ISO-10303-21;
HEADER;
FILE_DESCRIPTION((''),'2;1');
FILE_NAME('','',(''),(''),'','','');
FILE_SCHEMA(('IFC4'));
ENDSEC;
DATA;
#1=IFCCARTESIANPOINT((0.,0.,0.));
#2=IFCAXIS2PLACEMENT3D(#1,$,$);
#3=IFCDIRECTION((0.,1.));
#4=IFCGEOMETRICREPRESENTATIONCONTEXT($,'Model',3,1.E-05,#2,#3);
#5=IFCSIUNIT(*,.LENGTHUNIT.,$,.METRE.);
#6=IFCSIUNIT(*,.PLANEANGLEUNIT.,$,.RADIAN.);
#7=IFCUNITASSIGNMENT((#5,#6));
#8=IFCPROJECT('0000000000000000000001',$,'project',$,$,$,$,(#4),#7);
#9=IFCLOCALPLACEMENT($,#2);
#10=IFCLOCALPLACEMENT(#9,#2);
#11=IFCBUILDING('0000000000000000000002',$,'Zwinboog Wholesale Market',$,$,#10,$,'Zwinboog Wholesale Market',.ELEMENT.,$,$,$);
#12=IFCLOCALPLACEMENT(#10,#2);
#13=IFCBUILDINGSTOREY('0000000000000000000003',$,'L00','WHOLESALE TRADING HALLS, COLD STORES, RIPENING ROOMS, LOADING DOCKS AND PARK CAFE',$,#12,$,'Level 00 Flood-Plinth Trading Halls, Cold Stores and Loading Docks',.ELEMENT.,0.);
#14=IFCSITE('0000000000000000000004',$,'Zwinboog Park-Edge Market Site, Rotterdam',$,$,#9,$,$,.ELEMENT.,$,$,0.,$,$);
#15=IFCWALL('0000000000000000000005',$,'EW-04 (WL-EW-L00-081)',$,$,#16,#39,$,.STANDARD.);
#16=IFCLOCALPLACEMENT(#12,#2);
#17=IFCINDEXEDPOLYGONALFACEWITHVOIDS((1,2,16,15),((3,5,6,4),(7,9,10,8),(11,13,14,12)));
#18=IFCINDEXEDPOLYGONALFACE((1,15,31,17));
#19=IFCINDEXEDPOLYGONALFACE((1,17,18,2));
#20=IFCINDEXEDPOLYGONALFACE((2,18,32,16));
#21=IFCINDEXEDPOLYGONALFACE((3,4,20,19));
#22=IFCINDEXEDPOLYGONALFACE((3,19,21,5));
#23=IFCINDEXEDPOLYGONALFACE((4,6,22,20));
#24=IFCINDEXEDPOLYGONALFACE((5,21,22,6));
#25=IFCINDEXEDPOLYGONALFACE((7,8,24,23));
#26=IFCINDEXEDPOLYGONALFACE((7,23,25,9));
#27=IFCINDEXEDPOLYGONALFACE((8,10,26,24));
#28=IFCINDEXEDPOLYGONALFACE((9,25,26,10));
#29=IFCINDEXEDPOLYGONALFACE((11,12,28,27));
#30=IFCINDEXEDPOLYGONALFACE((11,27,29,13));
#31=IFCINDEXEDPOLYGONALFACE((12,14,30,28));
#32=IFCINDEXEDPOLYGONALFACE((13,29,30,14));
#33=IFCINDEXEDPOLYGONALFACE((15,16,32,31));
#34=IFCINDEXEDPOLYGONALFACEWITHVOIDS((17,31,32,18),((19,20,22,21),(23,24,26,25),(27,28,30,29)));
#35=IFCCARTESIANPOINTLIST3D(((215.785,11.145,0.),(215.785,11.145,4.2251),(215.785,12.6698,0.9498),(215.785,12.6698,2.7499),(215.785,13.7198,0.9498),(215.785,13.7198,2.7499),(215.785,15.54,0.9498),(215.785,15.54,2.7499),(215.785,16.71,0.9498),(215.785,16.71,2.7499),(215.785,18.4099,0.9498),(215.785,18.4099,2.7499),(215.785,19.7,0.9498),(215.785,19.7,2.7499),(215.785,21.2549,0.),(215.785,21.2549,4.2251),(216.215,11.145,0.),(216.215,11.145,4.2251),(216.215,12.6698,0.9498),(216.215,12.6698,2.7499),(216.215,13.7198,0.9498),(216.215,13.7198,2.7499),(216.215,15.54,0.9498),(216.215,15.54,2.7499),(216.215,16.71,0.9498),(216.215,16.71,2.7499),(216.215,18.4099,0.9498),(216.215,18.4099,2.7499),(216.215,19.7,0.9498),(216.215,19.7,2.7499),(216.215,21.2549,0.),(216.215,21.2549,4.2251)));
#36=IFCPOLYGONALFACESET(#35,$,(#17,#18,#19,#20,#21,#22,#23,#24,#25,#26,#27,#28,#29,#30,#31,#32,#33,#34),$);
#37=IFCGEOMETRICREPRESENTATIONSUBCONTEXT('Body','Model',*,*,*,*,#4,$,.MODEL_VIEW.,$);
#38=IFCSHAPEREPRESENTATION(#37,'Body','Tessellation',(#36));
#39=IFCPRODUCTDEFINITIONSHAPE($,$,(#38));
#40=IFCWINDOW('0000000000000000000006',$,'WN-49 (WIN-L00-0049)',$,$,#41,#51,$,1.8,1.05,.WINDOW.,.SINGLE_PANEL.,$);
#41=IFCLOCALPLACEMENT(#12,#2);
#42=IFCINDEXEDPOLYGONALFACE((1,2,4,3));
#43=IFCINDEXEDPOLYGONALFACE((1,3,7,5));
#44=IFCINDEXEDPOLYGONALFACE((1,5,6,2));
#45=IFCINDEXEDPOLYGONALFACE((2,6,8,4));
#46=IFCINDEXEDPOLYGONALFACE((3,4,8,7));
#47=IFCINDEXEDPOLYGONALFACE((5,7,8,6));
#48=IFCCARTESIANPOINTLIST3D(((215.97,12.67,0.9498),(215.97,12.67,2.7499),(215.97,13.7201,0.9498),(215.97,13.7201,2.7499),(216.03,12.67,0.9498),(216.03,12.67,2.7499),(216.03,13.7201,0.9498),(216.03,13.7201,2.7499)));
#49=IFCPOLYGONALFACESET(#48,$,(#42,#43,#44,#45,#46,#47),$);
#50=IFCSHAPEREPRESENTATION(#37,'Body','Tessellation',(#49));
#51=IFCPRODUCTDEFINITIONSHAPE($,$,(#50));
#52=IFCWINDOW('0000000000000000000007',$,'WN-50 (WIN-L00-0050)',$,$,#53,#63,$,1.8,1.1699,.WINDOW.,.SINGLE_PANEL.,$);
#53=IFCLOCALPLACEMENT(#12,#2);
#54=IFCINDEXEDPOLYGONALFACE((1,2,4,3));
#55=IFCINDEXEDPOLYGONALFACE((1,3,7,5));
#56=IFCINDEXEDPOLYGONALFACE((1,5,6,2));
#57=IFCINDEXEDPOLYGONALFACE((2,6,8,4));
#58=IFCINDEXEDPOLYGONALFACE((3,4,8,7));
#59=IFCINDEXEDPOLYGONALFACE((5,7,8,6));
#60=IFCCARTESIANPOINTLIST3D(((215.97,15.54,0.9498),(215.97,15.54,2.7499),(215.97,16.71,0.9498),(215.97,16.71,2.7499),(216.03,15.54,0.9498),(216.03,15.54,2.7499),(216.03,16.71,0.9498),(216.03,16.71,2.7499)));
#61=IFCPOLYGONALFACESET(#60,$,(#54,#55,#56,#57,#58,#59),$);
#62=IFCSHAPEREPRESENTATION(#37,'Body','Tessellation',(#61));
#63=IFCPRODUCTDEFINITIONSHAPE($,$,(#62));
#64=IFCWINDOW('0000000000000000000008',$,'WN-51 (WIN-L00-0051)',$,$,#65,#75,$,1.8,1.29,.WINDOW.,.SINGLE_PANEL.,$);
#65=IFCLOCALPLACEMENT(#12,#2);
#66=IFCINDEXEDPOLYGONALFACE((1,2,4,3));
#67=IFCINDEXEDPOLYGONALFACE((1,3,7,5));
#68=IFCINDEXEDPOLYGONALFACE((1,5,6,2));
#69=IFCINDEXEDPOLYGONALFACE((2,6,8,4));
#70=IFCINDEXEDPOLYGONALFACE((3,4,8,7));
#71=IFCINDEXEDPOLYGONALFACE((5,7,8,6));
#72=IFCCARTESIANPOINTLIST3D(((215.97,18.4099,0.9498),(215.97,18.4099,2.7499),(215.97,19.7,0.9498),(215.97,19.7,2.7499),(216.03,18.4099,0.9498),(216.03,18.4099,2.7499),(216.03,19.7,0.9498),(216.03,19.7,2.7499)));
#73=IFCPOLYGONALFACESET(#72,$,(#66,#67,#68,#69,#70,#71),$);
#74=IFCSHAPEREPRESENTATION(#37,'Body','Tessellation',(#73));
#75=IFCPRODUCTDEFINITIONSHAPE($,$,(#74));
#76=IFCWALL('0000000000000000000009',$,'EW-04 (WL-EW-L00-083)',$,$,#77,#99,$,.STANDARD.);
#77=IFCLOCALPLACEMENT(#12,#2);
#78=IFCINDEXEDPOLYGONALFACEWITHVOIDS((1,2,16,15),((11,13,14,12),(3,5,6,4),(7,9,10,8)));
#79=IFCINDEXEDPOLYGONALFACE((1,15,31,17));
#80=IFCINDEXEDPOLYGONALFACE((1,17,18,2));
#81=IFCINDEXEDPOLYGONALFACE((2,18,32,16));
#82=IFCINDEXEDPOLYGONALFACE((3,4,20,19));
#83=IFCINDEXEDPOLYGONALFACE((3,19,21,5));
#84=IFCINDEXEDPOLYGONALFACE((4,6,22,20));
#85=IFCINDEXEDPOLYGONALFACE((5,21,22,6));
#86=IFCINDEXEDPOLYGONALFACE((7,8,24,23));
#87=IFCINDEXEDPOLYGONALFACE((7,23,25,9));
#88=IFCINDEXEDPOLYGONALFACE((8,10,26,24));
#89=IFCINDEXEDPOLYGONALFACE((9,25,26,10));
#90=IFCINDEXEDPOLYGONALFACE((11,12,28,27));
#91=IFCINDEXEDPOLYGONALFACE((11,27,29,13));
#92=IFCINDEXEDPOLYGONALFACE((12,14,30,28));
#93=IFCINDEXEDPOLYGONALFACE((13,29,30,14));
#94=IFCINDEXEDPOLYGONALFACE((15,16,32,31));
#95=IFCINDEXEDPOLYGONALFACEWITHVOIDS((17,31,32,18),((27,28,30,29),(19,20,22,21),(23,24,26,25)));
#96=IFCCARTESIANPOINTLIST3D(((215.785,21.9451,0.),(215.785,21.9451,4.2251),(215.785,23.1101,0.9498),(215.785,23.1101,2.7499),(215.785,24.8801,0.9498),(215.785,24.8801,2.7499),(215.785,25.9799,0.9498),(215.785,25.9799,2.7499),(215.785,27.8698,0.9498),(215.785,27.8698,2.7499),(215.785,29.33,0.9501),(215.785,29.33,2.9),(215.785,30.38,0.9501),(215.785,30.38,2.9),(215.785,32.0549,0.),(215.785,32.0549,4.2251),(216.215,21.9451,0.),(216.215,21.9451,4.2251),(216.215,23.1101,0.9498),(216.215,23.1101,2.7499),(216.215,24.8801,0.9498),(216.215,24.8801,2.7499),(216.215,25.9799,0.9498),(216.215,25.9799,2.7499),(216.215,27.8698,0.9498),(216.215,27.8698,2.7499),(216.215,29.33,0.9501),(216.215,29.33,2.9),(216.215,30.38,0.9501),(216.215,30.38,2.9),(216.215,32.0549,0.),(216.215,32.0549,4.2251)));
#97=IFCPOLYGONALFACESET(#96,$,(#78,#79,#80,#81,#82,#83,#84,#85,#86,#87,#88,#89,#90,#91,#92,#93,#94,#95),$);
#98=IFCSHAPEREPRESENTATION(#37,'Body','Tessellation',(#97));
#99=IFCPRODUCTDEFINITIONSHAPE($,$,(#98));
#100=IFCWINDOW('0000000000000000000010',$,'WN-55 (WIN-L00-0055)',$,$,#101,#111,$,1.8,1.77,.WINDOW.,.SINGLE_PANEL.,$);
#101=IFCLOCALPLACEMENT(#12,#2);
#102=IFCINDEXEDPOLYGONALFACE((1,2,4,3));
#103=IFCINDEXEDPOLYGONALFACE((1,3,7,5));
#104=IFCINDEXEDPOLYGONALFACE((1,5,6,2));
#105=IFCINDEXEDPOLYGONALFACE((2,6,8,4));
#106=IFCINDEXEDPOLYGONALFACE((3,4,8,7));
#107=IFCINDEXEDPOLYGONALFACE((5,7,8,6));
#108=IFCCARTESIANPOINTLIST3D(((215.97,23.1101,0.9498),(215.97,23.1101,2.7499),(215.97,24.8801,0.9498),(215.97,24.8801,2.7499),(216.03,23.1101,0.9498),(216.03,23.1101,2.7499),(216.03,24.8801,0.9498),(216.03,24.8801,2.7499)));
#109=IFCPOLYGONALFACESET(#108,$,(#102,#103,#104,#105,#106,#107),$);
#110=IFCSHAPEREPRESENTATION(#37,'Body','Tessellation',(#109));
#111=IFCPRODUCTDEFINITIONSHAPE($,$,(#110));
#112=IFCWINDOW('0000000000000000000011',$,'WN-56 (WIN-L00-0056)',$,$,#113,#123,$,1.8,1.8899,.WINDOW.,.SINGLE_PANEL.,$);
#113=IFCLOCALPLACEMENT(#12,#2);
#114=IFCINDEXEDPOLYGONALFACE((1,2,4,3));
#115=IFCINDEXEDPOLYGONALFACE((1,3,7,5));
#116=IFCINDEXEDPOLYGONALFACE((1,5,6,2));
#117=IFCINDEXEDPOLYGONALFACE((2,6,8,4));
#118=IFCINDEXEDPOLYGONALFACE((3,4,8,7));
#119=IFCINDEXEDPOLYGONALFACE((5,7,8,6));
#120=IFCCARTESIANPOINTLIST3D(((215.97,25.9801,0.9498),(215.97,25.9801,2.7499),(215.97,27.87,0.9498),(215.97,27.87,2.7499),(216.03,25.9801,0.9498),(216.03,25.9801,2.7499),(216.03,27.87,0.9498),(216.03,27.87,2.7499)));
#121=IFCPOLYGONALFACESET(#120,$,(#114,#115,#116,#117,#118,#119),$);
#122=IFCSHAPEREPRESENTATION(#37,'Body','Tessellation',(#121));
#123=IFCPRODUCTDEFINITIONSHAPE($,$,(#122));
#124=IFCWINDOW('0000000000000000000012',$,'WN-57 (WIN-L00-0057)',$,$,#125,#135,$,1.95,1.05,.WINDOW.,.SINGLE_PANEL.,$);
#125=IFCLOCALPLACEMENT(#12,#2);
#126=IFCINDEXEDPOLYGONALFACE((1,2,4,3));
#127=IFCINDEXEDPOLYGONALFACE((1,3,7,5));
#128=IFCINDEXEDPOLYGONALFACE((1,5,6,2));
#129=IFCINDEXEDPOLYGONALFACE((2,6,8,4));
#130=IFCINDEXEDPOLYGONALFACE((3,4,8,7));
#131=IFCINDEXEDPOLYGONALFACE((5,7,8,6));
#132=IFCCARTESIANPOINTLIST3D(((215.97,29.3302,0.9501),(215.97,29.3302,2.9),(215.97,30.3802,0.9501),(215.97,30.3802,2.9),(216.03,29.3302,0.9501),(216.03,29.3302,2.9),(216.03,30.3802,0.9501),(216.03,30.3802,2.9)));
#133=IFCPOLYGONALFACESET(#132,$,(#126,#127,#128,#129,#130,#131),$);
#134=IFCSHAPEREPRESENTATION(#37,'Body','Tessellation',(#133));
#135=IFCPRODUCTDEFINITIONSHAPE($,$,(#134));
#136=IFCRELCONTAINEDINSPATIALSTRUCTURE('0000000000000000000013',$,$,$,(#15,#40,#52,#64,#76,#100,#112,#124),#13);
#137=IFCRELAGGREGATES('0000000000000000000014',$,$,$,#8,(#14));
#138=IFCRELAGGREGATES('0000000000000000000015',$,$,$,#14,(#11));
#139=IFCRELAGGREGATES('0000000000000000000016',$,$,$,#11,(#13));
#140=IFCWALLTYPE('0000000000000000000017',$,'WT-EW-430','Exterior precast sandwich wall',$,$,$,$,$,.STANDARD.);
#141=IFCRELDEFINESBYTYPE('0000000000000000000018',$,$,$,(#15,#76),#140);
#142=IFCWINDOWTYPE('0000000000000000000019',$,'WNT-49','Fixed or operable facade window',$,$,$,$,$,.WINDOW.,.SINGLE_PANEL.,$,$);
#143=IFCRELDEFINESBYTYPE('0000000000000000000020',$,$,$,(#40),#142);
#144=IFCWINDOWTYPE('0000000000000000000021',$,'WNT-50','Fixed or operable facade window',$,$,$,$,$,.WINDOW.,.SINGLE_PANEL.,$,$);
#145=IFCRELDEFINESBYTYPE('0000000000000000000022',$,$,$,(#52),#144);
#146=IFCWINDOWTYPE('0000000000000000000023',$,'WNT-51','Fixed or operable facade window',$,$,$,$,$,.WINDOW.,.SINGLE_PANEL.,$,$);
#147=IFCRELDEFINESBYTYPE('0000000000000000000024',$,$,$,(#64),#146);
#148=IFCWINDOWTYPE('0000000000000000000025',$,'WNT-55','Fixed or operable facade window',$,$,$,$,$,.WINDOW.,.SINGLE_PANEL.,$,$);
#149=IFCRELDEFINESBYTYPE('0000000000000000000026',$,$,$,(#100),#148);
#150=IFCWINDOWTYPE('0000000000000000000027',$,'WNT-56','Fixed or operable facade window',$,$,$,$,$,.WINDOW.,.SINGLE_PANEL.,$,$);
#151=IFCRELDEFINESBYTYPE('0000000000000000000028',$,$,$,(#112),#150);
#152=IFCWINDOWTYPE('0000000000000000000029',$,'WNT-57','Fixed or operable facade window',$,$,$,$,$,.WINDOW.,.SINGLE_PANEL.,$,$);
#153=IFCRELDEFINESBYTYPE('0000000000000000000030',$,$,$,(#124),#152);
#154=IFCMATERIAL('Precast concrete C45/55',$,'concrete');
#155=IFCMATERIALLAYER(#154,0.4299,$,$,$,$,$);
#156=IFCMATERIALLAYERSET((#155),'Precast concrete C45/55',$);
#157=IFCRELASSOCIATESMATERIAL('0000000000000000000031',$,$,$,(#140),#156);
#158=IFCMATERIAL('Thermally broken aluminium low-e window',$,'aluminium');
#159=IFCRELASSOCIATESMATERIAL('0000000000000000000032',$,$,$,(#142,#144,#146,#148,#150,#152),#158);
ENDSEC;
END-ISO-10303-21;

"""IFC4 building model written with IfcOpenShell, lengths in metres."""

from ifc_helpers import new_model, si_unit, direction, frame, frame_2d, origin, place, context, subcontext, project, spatial, rectangle, extrude, material, layer, layer_set, type_object, element, fill, save


model = new_model("IFC4")

# Units and contexts
model_context = context("Model", 3, precision=1e-05, world=origin(), true_north=direction((0.0, 1.0)))
body_context = subcontext(model_context, "Body", "Model", "MODEL_VIEW")
ifc_project = project(units=[si_unit("LENGTHUNIT", "METRE"), si_unit("PLANEANGLEUNIT", "RADIAN")], contexts=[model_context])

# Site, building, storey
site_placement = place(None, origin())
site = spatial("IfcSite", under=ifc_project, at=site_placement, Name="Zwinboog Park-Edge Market Site, Rotterdam", CompositionType="ELEMENT", RefElevation=0.0)
building_placement = place(site_placement, origin())
building = spatial("IfcBuilding", under=site, at=building_placement, Name="Zwinboog Wholesale Market", LongName="Zwinboog Wholesale Market", CompositionType="ELEMENT")
storey_placement = place(building_placement, origin())
storey = spatial("IfcBuildingStorey", under=building, at=storey_placement, Name="L00", Description="WHOLESALE TRADING HALLS, COLD STORES, RIPENING ROOMS, LOADING DOCKS AND PARK CAFE", LongName="Level 00 Flood-Plinth Trading Halls, Cold Stores and Loading Docks", CompositionType="ELEMENT", Elevation=0.0)

# Shared definitions
ifc_material_1 = material(Name="Precast concrete C45/55", Category="concrete")

# Walls, openings, windows
ifc_layer = layer(ifc_material_1, 0.4299)
ifc_layer_set = layer_set([ifc_layer], Name="Precast concrete C45/55")
wall_type = type_object("IfcWallType", Name="WT-EW-430", Description="Exterior precast sandwich wall", PredefinedType="STANDARD", material=ifc_layer_set)
wall_1_placement = place(storey_placement, frame((216.0, 11.145, 0.0), z_axis=(0.0, 0.0, 1.0), x_axis=(0.0, 1.0, 0.0)))
wall_1 = element("IfcWall", 1, at=wall_1_placement, inside=storey, type_object=wall_type, Name="EW-04 (WL-EW-L00-081)", PredefinedType="STANDARD", context=body_context, shape_type="SweptSolid", body=[
    extrude(rectangle(XDim=10.1099, YDim=0.4299, at=frame_2d((5.0549, 0.0))), origin(), (0.0, 0.0, 1.0), 4.2251),
])
opening_1_placement = place(wall_1_placement, frame((1.5249, 0.0, 0.95)))
opening_1 = element("IfcOpeningElement", 2, at=opening_1_placement, cuts=wall_1, PredefinedType="OPENING", context=body_context, shape_type="SweptSolid", body=[
    extrude(rectangle(XDim=1.05, YDim=1.8, at=frame_2d((0.5249, 0.8999))), frame((0.0, 0.2249, 0.0), z_axis=(0.0, -1.0, 0.0), x_axis=(1.0, 0.0, 0.0)), (0.0, 0.0, 1.0), 0.45),
])
opening_2_placement = place(wall_1_placement, frame((4.395, 0.0, 0.95)))
opening_2 = element("IfcOpeningElement", 3, at=opening_2_placement, cuts=wall_1, PredefinedType="OPENING", context=body_context, shape_type="SweptSolid", body=[
    extrude(rectangle(XDim=1.1699, YDim=1.8, at=frame_2d((0.585, 0.8999))), frame((0.0, 0.2249, 0.0), z_axis=(0.0, -1.0, 0.0), x_axis=(1.0, 0.0, 0.0)), (0.0, 0.0, 1.0), 0.45),
])
opening_3_placement = place(wall_1_placement, frame((7.2649, 0.0, 0.95)))
opening_3 = element("IfcOpeningElement", 4, at=opening_3_placement, cuts=wall_1, PredefinedType="OPENING", context=body_context, shape_type="SweptSolid", body=[
    extrude(rectangle(XDim=1.29, YDim=1.8, at=frame_2d((0.645, 0.8999))), frame((0.0, 0.2249, 0.0), z_axis=(0.0, -1.0, 0.0), x_axis=(1.0, 0.0, 0.0)), (0.0, 0.0, 1.0), 0.45),
])
ifc_material_2 = material(Name="Thermally broken aluminium low-e window", Category="aluminium")
window_type_1 = type_object("IfcWindowType", Name="WNT-49", Description="Fixed or operable facade window", PartitioningType="SINGLE_PANEL", PredefinedType="WINDOW", material=ifc_material_2)
window_1_placement = place(opening_1_placement, frame((1.05, 0.0, 0.0), z_axis=(0.0, 0.0, 1.0), x_axis=(-1.0, 0.0, 0.0)))
window_1 = element("IfcWindow", 5, at=window_1_placement, inside=storey, type_object=window_type_1, Name="WN-49 (WIN-L00-0049)", OverallHeight=1.8, OverallWidth=1.05, PartitioningType="SINGLE_PANEL", PredefinedType="WINDOW", context=body_context, shape_type="SweptSolid", body=[
    extrude(rectangle(XDim=1.05, YDim=1.8, at=frame_2d((0.5249, 0.8999))), frame((0.0, 0.03, 0.0), z_axis=(0.0, -1.0, 0.0), x_axis=(1.0, 0.0, 0.0)), (0.0, 0.0, 1.0), 0.0601),
])
fill(opening_1, window_1)
window_type_2 = type_object("IfcWindowType", Name="WNT-50", Description="Fixed or operable facade window", PartitioningType="SINGLE_PANEL", PredefinedType="WINDOW", material=ifc_material_2)
window_2_placement = place(opening_2_placement, frame((1.1699, 0.0, 0.0), z_axis=(0.0, 0.0, 1.0), x_axis=(-1.0, 0.0, 0.0)))
window_2 = element("IfcWindow", 6, at=window_2_placement, inside=storey, type_object=window_type_2, Name="WN-50 (WIN-L00-0050)", OverallHeight=1.8, OverallWidth=1.1699, PartitioningType="SINGLE_PANEL", PredefinedType="WINDOW", context=body_context, shape_type="SweptSolid", body=[
    extrude(rectangle(XDim=1.1699, YDim=1.8, at=frame_2d((0.585, 0.8999))), frame((0.0, 0.03, 0.0), z_axis=(0.0, -1.0, 0.0), x_axis=(1.0, 0.0, 0.0)), (0.0, 0.0, 1.0), 0.0601),
])
fill(opening_2, window_2)
window_type_3 = type_object("IfcWindowType", Name="WNT-51", Description="Fixed or operable facade window", PartitioningType="SINGLE_PANEL", PredefinedType="WINDOW", material=ifc_material_2)
window_3_placement = place(opening_3_placement, frame((1.29, 0.0, 0.0), z_axis=(0.0, 0.0, 1.0), x_axis=(-1.0, 0.0, 0.0)))
window_3 = element("IfcWindow", 7, at=window_3_placement, inside=storey, type_object=window_type_3, Name="WN-51 (WIN-L00-0051)", OverallHeight=1.8, OverallWidth=1.29, PartitioningType="SINGLE_PANEL", PredefinedType="WINDOW", context=body_context, shape_type="SweptSolid", body=[
    extrude(rectangle(XDim=1.29, YDim=1.8, at=frame_2d((0.645, 0.8999))), frame((0.0, 0.03, 0.0), z_axis=(0.0, -1.0, 0.0), x_axis=(1.0, 0.0, 0.0)), (0.0, 0.0, 1.0), 0.0601),
])
fill(opening_3, window_3)
wall_2_placement = place(storey_placement, frame((216.0, 21.9451, 0.0), z_axis=(0.0, 0.0, 1.0), x_axis=(0.0, 1.0, 0.0)))
wall_2 = element("IfcWall", 8, at=wall_2_placement, inside=storey, type_object=wall_type, Name="EW-04 (WL-EW-L00-083)", PredefinedType="STANDARD", context=body_context, shape_type="SweptSolid", body=[
    extrude(rectangle(XDim=10.1099, YDim=0.4299, at=frame_2d((5.0549, 0.0))), origin(), (0.0, 0.0, 1.0), 4.2251),
])
opening_4_placement = place(wall_2_placement, frame((1.165, 0.0, 0.95)))
opening_4 = element("IfcOpeningElement", 9, at=opening_4_placement, cuts=wall_2, PredefinedType="OPENING", context=body_context, shape_type="SweptSolid", body=[
    extrude(rectangle(XDim=1.77, YDim=1.8, at=frame_2d((0.885, 0.8999))), frame((0.0, 0.2249, 0.0), z_axis=(0.0, -1.0, 0.0), x_axis=(1.0, 0.0, 0.0)), (0.0, 0.0, 1.0), 0.45),
])
opening_5_placement = place(wall_2_placement, frame((4.0349, 0.0, 0.95)))
opening_5 = element("IfcOpeningElement", 10, at=opening_5_placement, cuts=wall_2, PredefinedType="OPENING", context=body_context, shape_type="SweptSolid", body=[
    extrude(rectangle(XDim=1.8899, YDim=1.8, at=frame_2d((0.9448, 0.8999))), frame((0.0, 0.2249, 0.0), z_axis=(0.0, -1.0, 0.0), x_axis=(1.0, 0.0, 0.0)), (0.0, 0.0, 1.0), 0.45),
])
opening_6_placement = place(wall_2_placement, frame((7.385, 0.0, 0.95)))
opening_6 = element("IfcOpeningElement", 11, at=opening_6_placement, cuts=wall_2, PredefinedType="OPENING", context=body_context, shape_type="SweptSolid", body=[
    extrude(rectangle(XDim=1.05, YDim=1.95, at=frame_2d((0.5249, 0.9751))), frame((0.0, 0.2249, 0.0), z_axis=(0.0, -1.0, 0.0), x_axis=(1.0, 0.0, 0.0)), (0.0, 0.0, 1.0), 0.45),
])
window_type_4 = type_object("IfcWindowType", Name="WNT-55", Description="Fixed or operable facade window", PartitioningType="SINGLE_PANEL", PredefinedType="WINDOW", material=ifc_material_2)
window_4_placement = place(opening_4_placement, frame((1.77, 0.0, 0.0), z_axis=(0.0, 0.0, 1.0), x_axis=(-1.0, 0.0, 0.0)))
window_4 = element("IfcWindow", 12, at=window_4_placement, inside=storey, type_object=window_type_4, Name="WN-55 (WIN-L00-0055)", OverallHeight=1.8, OverallWidth=1.77, PartitioningType="SINGLE_PANEL", PredefinedType="WINDOW", context=body_context, shape_type="SweptSolid", body=[
    extrude(rectangle(XDim=1.77, YDim=1.8, at=frame_2d((0.885, 0.8999))), frame((0.0, 0.03, 0.0), z_axis=(0.0, -1.0, 0.0), x_axis=(1.0, 0.0, 0.0)), (0.0, 0.0, 1.0), 0.0601),
])
fill(opening_4, window_4)
window_type_5 = type_object("IfcWindowType", Name="WNT-56", Description="Fixed or operable facade window", PartitioningType="SINGLE_PANEL", PredefinedType="WINDOW", material=ifc_material_2)
window_5_placement = place(opening_5_placement, frame((1.8899, 0.0, 0.0), z_axis=(0.0, 0.0, 1.0), x_axis=(-1.0, 0.0, 0.0)))
window_5 = element("IfcWindow", 13, at=window_5_placement, inside=storey, type_object=window_type_5, Name="WN-56 (WIN-L00-0056)", OverallHeight=1.8, OverallWidth=1.8899, PartitioningType="SINGLE_PANEL", PredefinedType="WINDOW", context=body_context, shape_type="SweptSolid", body=[
    extrude(rectangle(XDim=1.8899, YDim=1.8, at=frame_2d((0.9448, 0.8999))), frame((0.0, 0.03, 0.0), z_axis=(0.0, -1.0, 0.0), x_axis=(1.0, 0.0, 0.0)), (0.0, 0.0, 1.0), 0.0601),
])
fill(opening_5, window_5)
window_type_6 = type_object("IfcWindowType", Name="WNT-57", Description="Fixed or operable facade window", PartitioningType="SINGLE_PANEL", PredefinedType="WINDOW", material=ifc_material_2)
window_6_placement = place(opening_6_placement, frame((1.05, 0.0, 0.0), z_axis=(0.0, 0.0, 1.0), x_axis=(-1.0, 0.0, 0.0)))
window_6 = element("IfcWindow", 14, at=window_6_placement, inside=storey, type_object=window_type_6, Name="WN-57 (WIN-L00-0057)", OverallHeight=1.95, OverallWidth=1.05, PartitioningType="SINGLE_PANEL", PredefinedType="WINDOW", context=body_context, shape_type="SweptSolid", body=[
    extrude(rectangle(XDim=1.05, YDim=1.95, at=frame_2d((0.5249, 0.9751))), frame((0.0, 0.03, 0.0), z_axis=(0.0, -1.0, 0.0), x_axis=(1.0, 0.0, 0.0)), (0.0, 0.0, 1.0), 0.0601),
])
fill(opening_6, window_6)

save(model, "model.ifc")
